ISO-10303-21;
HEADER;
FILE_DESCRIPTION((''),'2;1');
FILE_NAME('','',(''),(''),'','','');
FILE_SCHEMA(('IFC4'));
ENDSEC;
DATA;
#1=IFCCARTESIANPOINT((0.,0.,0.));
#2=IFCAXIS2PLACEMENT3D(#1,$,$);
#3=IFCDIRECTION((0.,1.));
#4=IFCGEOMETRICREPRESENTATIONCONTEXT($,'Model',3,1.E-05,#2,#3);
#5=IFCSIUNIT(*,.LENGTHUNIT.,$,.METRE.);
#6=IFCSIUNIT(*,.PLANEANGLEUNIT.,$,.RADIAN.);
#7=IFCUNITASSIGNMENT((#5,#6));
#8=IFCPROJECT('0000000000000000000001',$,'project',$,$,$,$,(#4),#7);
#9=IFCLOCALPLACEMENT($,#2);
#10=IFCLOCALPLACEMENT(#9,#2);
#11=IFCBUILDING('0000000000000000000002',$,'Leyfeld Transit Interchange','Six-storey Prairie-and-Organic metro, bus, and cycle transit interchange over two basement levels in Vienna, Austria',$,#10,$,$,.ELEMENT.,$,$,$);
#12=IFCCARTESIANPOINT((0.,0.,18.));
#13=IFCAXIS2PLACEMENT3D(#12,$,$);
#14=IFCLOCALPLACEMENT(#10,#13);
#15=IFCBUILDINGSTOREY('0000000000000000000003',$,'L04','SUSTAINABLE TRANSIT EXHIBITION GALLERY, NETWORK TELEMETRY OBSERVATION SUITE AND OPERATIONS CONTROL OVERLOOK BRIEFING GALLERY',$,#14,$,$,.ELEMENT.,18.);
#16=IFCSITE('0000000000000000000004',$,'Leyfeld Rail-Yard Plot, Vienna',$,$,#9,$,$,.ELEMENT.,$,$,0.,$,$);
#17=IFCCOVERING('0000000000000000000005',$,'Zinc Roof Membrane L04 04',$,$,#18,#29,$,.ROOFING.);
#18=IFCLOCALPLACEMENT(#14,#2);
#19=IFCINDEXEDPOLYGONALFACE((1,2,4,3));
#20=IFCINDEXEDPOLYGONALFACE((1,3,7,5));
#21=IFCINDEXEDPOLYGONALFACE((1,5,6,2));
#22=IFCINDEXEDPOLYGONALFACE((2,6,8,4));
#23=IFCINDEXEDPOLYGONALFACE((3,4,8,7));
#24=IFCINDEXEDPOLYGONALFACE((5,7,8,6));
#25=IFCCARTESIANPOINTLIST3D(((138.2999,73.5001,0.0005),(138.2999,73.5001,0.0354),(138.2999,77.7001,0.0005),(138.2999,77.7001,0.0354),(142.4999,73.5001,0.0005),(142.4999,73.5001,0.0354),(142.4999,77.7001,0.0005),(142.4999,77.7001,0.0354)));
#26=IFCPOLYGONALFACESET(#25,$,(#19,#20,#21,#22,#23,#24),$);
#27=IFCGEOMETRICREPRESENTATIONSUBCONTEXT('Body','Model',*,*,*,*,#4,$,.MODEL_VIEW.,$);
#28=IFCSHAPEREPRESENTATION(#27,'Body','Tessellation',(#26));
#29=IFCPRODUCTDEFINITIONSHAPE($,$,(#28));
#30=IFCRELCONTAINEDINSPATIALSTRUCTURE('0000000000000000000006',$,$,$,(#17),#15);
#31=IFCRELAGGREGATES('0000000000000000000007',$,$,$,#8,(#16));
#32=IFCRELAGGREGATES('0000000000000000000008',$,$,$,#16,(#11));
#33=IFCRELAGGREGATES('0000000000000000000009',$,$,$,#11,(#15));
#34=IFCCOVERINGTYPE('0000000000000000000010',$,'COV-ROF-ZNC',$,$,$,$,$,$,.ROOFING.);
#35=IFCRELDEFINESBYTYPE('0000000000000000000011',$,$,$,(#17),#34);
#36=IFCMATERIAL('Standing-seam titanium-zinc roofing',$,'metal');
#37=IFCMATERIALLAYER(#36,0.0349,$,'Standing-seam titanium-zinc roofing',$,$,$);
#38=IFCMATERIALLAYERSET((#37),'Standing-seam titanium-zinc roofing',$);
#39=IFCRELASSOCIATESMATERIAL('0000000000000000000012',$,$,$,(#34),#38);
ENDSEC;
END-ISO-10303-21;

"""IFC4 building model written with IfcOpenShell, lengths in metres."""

from ifc_helpers import new_model, si_unit, direction, frame, origin, origin_2d, place, context, subcontext, project, spatial, rectangle, extrude, material, layer, layer_set, type_object, element, save


model = new_model("IFC4")

# Units and contexts
model_context = context("Model", 3, precision=1e-05, world=origin(), true_north=direction((0.0, 1.0)))
body_context = subcontext(model_context, "Body", "Model", "MODEL_VIEW")
ifc_project = project(units=[si_unit("LENGTHUNIT", "METRE"), si_unit("PLANEANGLEUNIT", "RADIAN")], contexts=[model_context])

# Site, building, storey
site_placement = place(None, origin())
site = spatial("IfcSite", under=ifc_project, at=site_placement, Name="Leyfeld Rail-Yard Plot, Vienna", CompositionType="ELEMENT", RefElevation=0.0)
building_placement = place(site_placement, origin())
building = spatial("IfcBuilding", under=site, at=building_placement, Name="Leyfeld Transit Interchange", Description="Six-storey Prairie-and-Organic metro, bus, and cycle transit interchange over two basement levels in Vienna, Austria", CompositionType="ELEMENT")
storey_placement = place(building_placement, frame((0.0, 0.0, 18.0)))
storey = spatial("IfcBuildingStorey", under=building, at=storey_placement, Name="L04", Description="SUSTAINABLE TRANSIT EXHIBITION GALLERY, NETWORK TELEMETRY OBSERVATION SUITE AND OPERATIONS CONTROL OVERLOOK BRIEFING GALLERY", CompositionType="ELEMENT", Elevation=18.0)

# Covering
ifc_material_1 = material(Name="Standing-seam titanium-zinc roofing", Category="metal")
ifc_layer_1 = layer(ifc_material_1, 0.0349, Name="Standing-seam titanium-zinc roofing")
ifc_layer_set_1 = layer_set([ifc_layer_1], Name="Standing-seam titanium-zinc roofing")
covering_type = type_object("IfcCoveringType", Name="COV-ROF-ZNC", PredefinedType="ROOFING", material=ifc_layer_set_1)
covering_placement = place(storey_placement, frame((140.3999, 75.6001, 0.0005), z_axis=(0.0, 0.0, 1.0), x_axis=(1.0, 0.0, 0.0)))
element("IfcCovering", 1, at=covering_placement, inside=storey, type_object=covering_type, Name="Zinc Roof Membrane L04 04", PredefinedType="ROOFING", context=body_context, shape_type="SweptSolid", body=[
    extrude(rectangle(XDim=4.2, YDim=4.2, at=origin_2d()), origin(), (0.0, 0.0, 1.0), 0.0349),
])

save(model, "model.ifc")
